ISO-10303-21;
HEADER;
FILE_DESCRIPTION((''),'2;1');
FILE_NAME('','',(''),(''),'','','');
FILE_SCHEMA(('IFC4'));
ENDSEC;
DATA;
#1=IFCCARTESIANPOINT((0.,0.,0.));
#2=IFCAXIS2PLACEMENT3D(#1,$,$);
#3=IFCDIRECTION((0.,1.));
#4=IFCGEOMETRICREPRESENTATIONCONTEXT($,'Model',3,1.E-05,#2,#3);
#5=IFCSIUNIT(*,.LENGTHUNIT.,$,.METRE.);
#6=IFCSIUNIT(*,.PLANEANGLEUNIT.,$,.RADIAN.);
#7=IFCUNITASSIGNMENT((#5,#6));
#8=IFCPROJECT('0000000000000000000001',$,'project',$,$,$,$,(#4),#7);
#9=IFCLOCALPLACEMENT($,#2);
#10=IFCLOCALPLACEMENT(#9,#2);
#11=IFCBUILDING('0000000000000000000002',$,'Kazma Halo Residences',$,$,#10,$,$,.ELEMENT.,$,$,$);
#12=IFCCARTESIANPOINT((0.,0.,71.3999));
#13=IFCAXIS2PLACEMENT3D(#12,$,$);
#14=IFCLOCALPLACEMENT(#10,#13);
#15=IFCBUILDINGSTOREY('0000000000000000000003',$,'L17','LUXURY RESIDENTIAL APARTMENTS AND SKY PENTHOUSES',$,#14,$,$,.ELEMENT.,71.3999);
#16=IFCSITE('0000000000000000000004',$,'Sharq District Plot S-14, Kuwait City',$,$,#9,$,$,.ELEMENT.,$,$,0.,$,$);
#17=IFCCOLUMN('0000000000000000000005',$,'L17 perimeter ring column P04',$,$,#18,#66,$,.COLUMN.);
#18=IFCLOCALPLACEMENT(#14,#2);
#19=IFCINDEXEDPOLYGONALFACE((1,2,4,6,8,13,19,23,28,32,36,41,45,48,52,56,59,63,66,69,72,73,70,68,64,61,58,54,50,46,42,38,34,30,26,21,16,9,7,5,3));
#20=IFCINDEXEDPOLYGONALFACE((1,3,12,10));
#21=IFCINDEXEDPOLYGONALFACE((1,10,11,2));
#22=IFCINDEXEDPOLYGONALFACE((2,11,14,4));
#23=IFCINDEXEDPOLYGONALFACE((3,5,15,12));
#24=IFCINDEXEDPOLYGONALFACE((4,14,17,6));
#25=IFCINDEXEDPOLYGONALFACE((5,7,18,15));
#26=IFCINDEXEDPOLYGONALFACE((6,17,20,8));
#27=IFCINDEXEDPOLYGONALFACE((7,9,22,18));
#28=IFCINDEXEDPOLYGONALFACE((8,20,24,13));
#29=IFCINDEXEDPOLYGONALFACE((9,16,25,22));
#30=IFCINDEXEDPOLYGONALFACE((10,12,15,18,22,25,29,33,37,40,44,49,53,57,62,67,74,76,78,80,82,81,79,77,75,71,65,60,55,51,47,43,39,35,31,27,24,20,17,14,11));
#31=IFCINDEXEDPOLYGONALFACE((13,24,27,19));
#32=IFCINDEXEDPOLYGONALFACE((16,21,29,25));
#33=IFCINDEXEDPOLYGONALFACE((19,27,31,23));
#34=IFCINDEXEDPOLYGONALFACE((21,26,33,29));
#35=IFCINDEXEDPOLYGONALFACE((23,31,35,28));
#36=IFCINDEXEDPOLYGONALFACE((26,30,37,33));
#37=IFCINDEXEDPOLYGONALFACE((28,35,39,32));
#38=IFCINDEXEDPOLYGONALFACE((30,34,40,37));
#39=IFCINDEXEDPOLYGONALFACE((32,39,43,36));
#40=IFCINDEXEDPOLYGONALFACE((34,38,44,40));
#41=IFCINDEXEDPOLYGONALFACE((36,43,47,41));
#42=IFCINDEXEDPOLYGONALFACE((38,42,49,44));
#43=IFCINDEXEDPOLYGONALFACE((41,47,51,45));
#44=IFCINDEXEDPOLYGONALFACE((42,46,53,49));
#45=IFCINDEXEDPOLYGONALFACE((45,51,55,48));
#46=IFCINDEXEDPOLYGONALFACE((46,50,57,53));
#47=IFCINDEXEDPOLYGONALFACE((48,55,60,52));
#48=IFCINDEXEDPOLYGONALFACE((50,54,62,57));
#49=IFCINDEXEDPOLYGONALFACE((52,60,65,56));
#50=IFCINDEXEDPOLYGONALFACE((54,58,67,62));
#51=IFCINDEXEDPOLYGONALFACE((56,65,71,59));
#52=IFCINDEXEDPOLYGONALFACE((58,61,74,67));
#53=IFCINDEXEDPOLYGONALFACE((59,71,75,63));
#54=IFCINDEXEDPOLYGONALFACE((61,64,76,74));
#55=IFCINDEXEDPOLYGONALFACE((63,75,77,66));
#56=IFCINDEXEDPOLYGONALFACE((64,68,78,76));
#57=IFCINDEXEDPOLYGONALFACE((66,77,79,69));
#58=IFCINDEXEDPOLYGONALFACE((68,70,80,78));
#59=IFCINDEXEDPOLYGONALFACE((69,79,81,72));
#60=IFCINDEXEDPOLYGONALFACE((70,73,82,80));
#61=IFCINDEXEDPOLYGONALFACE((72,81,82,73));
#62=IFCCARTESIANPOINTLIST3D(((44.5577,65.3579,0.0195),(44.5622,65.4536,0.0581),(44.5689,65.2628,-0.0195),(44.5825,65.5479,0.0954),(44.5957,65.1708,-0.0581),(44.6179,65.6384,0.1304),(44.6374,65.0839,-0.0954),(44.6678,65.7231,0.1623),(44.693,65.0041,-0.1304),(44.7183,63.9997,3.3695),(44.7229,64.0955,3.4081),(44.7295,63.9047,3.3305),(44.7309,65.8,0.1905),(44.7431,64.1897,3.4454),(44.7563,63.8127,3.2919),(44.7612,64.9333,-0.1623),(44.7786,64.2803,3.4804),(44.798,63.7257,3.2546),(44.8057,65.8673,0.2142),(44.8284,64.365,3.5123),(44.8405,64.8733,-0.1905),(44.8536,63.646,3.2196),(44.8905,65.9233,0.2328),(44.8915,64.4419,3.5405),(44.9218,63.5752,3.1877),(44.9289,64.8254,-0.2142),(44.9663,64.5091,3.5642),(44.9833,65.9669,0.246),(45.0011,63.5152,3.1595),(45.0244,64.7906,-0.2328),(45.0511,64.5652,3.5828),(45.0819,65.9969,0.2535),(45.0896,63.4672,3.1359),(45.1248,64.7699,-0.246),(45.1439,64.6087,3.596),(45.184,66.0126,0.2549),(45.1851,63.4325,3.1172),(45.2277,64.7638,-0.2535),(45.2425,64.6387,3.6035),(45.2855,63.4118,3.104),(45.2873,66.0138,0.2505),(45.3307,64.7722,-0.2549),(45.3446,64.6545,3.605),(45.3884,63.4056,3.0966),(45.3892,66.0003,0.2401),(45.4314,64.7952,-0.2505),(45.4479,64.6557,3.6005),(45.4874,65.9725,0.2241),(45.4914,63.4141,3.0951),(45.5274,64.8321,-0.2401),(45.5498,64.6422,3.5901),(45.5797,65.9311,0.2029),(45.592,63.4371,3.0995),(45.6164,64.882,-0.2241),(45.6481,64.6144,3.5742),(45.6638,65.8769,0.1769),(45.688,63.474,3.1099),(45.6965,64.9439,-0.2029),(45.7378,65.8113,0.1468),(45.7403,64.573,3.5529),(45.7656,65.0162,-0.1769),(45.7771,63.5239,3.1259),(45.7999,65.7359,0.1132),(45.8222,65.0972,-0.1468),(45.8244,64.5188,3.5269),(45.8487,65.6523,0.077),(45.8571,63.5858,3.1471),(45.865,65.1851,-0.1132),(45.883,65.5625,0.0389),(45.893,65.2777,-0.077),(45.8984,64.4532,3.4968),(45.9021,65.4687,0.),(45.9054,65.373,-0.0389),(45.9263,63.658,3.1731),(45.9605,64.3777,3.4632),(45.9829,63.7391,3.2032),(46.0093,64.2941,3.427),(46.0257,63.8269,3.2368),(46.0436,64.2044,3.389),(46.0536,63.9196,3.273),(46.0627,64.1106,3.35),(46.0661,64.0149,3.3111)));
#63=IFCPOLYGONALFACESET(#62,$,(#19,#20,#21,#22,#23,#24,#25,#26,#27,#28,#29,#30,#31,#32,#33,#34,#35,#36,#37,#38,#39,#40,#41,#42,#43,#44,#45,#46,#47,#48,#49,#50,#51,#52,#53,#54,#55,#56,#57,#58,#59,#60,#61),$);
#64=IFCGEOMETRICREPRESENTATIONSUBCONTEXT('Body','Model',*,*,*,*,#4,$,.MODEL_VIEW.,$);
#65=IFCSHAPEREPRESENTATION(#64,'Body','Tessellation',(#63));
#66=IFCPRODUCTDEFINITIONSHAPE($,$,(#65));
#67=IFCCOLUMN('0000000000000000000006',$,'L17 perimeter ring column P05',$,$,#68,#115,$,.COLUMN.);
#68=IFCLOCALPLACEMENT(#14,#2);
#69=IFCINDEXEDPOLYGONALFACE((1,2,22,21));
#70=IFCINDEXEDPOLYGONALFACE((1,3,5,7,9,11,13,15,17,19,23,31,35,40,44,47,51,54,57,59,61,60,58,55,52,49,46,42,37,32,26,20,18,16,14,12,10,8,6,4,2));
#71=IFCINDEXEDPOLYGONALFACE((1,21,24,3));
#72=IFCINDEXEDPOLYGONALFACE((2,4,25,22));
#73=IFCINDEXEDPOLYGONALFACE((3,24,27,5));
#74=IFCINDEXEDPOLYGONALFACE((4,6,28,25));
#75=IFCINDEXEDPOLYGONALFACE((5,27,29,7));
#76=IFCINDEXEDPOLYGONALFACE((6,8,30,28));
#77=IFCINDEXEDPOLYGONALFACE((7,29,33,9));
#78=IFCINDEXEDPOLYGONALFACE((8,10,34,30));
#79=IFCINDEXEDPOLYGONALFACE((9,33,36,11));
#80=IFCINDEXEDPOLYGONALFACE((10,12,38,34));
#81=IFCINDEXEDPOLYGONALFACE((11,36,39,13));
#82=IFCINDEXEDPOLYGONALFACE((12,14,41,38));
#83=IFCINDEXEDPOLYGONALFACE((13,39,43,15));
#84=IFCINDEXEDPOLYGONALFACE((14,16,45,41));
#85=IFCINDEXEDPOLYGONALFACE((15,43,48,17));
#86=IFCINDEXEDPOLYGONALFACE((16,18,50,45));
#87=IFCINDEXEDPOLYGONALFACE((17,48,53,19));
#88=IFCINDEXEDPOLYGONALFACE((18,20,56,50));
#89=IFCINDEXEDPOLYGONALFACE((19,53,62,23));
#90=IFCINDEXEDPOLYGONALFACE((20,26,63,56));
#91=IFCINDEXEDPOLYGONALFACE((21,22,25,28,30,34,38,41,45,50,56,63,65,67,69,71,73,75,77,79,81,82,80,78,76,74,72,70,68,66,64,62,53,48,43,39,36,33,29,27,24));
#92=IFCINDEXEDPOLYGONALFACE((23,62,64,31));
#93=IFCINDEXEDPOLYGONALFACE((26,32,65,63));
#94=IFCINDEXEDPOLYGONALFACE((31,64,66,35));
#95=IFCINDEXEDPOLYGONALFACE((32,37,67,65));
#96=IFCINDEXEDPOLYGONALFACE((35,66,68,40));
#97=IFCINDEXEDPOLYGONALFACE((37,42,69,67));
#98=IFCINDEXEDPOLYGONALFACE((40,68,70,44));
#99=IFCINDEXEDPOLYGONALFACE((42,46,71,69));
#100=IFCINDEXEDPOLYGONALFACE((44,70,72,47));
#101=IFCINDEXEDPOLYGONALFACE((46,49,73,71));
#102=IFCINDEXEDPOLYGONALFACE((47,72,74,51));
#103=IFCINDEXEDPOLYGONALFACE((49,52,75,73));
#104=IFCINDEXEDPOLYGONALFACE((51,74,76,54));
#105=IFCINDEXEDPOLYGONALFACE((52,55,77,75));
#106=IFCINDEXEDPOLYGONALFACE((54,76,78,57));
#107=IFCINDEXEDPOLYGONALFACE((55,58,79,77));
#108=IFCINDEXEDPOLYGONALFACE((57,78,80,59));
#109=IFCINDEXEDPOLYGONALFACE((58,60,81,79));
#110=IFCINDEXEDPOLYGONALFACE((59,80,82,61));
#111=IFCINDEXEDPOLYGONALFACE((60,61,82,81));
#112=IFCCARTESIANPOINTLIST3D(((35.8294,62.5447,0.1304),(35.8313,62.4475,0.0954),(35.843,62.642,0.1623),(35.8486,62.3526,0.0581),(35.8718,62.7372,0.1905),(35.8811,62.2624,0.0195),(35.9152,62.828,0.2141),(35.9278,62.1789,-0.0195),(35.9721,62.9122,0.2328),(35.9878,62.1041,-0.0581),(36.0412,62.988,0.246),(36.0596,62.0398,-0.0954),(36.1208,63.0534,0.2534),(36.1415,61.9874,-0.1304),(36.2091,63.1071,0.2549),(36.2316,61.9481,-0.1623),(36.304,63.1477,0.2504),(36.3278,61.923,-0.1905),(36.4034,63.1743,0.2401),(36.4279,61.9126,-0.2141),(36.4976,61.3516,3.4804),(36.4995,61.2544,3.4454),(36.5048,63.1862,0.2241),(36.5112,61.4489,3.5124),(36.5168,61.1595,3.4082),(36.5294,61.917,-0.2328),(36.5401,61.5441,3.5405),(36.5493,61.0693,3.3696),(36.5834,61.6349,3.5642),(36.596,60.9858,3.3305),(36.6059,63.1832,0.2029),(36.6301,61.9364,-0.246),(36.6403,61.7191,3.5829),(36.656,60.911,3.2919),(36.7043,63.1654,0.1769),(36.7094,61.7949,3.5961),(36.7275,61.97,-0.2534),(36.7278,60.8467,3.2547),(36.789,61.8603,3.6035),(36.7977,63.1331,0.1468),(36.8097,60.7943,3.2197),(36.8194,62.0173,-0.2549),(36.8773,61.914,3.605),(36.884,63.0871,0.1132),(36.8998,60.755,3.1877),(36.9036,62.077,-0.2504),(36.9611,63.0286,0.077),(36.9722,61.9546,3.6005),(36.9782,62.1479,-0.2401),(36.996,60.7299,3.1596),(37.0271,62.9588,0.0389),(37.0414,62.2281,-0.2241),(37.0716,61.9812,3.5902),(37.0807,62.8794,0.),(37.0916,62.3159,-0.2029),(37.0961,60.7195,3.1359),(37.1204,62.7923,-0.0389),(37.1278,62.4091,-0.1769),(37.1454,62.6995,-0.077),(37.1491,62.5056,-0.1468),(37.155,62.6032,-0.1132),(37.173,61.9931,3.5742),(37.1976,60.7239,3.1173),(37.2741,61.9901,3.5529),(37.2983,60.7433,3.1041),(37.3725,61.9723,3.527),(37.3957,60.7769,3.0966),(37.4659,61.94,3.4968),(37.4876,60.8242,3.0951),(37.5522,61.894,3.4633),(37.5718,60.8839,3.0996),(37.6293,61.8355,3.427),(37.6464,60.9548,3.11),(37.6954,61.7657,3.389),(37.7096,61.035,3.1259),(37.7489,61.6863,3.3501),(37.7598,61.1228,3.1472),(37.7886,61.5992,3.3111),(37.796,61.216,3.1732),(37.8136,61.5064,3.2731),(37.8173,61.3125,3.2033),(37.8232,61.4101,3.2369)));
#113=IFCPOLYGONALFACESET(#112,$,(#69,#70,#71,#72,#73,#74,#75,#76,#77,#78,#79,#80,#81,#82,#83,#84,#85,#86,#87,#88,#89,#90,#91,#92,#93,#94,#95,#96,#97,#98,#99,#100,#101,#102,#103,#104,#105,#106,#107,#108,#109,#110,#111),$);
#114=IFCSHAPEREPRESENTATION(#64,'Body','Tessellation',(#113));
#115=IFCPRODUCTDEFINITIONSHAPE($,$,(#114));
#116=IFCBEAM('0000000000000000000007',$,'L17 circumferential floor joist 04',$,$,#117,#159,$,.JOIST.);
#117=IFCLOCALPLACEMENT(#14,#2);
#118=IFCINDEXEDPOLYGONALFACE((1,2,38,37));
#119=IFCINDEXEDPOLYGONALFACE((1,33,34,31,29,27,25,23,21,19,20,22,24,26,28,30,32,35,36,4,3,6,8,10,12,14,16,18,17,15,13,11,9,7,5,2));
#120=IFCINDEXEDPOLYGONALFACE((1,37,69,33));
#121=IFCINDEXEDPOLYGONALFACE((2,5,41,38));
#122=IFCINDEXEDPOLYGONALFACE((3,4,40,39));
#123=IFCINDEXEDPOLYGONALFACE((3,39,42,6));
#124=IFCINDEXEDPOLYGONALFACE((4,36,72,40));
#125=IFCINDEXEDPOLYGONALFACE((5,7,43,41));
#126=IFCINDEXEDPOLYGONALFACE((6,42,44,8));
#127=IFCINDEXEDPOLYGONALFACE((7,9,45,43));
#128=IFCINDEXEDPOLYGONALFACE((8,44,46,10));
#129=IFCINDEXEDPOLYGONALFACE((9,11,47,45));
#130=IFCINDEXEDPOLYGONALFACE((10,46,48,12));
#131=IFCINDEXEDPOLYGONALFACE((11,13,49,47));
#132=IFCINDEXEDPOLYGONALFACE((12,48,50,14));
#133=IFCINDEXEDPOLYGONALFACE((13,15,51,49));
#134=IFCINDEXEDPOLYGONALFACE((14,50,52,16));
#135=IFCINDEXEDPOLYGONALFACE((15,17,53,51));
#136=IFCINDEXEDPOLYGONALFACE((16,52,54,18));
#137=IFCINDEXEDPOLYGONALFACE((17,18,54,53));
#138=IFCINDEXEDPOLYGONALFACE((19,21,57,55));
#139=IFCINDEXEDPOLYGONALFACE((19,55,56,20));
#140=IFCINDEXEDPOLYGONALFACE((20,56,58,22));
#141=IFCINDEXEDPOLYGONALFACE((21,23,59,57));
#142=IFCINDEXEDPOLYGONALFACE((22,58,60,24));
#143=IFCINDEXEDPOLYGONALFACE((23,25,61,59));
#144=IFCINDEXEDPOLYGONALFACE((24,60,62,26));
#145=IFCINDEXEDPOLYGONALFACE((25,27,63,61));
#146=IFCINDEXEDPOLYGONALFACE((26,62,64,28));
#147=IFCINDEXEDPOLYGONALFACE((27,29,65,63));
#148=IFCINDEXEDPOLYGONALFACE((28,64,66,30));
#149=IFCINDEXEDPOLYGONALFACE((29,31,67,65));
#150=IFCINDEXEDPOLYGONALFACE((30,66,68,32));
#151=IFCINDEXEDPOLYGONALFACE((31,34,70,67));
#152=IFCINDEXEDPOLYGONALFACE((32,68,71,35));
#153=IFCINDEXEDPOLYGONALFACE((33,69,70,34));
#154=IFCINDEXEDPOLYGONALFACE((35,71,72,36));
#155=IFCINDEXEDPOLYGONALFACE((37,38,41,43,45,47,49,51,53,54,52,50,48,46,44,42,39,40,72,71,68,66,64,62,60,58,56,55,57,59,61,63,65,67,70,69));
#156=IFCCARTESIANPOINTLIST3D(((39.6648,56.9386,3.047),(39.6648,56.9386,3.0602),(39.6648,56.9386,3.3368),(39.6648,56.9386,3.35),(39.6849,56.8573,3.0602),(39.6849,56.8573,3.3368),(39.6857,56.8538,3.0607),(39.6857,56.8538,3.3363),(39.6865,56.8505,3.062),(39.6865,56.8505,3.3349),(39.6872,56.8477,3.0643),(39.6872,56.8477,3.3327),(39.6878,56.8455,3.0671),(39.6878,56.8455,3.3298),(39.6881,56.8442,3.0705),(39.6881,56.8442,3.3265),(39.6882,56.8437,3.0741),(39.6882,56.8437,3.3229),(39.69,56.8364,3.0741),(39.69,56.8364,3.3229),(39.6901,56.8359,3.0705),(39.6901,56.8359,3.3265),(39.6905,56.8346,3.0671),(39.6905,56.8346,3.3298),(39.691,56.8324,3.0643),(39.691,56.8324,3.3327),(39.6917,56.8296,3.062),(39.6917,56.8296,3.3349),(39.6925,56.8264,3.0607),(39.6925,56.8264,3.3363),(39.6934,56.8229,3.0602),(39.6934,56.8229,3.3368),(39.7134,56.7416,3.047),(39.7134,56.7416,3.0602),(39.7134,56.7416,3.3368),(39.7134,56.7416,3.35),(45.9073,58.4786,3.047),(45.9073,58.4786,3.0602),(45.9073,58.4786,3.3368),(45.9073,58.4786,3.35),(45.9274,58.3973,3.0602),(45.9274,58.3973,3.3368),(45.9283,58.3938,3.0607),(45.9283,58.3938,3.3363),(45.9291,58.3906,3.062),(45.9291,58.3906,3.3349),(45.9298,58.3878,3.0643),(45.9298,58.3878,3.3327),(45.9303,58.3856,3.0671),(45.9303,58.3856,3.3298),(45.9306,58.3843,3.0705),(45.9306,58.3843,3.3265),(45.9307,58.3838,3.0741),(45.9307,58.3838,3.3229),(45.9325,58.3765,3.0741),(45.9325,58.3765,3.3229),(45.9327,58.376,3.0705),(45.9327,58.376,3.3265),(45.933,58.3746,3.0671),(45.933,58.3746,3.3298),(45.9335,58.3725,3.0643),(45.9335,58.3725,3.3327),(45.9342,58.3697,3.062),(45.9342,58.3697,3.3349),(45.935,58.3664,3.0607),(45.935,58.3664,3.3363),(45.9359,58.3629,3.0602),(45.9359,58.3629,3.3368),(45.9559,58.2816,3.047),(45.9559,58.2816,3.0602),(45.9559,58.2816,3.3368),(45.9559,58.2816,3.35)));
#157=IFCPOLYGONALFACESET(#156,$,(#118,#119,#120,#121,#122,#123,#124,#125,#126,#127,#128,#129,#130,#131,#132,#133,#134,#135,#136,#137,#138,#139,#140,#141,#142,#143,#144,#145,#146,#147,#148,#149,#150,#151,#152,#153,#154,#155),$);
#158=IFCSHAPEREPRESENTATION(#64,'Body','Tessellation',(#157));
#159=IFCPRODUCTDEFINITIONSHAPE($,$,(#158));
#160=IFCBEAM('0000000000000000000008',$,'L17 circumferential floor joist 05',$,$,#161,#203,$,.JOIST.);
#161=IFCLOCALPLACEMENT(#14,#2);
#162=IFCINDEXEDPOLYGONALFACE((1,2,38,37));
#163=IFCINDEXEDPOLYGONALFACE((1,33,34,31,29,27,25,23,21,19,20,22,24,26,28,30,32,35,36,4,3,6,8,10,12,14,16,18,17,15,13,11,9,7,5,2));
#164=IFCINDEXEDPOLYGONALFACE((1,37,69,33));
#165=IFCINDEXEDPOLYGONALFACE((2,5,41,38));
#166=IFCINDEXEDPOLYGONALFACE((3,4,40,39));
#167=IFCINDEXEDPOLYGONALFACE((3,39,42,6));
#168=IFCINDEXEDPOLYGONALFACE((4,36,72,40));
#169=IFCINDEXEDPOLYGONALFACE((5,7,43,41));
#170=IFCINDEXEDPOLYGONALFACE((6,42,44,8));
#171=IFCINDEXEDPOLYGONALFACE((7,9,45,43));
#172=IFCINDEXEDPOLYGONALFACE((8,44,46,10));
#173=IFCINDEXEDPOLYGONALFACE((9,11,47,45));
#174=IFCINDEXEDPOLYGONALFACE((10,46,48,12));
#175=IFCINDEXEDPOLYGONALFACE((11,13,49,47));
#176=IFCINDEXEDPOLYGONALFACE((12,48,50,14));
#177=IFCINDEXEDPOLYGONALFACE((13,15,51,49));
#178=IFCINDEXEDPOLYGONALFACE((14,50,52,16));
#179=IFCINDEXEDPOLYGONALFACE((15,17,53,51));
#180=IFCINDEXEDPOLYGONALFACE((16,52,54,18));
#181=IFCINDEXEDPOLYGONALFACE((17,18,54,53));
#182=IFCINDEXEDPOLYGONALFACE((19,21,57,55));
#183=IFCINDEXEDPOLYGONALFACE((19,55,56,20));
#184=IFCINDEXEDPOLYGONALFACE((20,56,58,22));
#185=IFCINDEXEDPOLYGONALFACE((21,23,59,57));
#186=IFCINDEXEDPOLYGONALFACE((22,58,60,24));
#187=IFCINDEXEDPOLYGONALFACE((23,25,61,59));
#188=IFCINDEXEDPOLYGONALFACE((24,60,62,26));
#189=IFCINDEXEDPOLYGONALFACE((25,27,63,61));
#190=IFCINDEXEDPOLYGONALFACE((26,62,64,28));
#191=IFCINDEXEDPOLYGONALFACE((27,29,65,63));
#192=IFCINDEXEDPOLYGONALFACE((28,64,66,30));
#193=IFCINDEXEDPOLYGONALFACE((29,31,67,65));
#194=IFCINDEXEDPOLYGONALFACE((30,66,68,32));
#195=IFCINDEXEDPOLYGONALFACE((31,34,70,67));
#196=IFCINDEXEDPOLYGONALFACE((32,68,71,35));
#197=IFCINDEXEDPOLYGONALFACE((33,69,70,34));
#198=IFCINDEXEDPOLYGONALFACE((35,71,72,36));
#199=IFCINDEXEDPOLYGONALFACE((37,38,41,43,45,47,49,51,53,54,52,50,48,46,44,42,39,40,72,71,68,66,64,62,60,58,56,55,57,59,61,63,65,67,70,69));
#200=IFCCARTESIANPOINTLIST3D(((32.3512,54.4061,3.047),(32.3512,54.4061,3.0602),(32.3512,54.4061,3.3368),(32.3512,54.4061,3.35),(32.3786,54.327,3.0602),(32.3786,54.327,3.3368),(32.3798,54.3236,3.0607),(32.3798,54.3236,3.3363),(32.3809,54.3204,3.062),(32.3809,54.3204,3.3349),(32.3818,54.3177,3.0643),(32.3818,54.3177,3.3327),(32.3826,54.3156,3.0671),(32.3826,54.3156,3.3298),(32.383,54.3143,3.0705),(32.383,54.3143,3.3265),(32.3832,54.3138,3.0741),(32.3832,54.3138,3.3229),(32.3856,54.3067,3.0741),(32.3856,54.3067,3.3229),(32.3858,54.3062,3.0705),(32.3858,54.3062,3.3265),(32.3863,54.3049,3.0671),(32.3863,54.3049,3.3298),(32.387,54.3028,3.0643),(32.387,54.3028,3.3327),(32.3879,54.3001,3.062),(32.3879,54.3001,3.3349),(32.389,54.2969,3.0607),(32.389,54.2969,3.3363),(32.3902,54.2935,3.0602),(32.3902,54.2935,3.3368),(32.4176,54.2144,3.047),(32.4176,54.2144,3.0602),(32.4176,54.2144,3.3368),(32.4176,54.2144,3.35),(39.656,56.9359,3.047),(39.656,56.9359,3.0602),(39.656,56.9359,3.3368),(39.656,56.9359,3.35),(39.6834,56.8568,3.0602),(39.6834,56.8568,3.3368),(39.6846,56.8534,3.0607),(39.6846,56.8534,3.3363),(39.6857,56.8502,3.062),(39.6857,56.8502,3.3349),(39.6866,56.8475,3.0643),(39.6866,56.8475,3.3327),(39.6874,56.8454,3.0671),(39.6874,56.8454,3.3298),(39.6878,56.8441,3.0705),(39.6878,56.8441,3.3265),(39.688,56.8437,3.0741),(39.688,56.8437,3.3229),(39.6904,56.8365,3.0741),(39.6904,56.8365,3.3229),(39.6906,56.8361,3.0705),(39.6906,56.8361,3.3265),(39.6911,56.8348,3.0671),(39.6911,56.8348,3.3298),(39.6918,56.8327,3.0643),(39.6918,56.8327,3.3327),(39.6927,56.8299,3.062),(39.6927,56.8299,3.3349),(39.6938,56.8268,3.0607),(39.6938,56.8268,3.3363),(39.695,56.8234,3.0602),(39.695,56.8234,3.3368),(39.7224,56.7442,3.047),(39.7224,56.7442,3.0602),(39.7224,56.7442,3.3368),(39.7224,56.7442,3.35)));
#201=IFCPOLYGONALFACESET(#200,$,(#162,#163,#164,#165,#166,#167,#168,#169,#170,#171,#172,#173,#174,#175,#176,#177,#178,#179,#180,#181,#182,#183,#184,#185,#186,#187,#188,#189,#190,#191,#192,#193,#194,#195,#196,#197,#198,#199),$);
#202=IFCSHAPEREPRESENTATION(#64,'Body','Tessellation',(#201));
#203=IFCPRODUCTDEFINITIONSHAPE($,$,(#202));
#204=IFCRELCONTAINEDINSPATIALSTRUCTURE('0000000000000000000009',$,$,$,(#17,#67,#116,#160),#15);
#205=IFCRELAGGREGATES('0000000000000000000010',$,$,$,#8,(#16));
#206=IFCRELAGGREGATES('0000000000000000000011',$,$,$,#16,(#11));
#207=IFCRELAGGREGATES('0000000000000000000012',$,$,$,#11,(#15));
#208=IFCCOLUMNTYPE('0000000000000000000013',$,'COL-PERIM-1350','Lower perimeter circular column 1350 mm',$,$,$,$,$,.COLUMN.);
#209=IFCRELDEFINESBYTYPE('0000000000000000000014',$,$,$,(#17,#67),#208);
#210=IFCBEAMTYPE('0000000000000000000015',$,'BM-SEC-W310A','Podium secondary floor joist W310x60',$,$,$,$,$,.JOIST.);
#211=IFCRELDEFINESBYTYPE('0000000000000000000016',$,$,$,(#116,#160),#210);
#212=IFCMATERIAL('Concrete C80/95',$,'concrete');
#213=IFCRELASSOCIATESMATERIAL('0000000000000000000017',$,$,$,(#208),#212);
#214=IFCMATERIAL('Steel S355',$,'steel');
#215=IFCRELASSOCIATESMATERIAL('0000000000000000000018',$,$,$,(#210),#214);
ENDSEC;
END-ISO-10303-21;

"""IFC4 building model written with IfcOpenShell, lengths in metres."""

from ifc_helpers import new_model, si_unit, direction, frame, origin, origin_2d, place, context, subcontext, project, spatial, circle, i_section, extrude, material, material_profile, profile_set, type_object, element, save


model = new_model("IFC4")

# Units and contexts
model_context = context("Model", 3, precision=1e-05, world=origin(), true_north=direction((0.0, 1.0)))
body_context = subcontext(model_context, "Body", "Model", "MODEL_VIEW")
ifc_project = project(units=[si_unit("LENGTHUNIT", "METRE"), si_unit("PLANEANGLEUNIT", "RADIAN")], contexts=[model_context])

# Site, building, storey
site_placement = place(None, origin())
site = spatial("IfcSite", under=ifc_project, at=site_placement, Name="Sharq District Plot S-14, Kuwait City", CompositionType="ELEMENT", RefElevation=0.0)
building_placement = place(site_placement, origin())
building = spatial("IfcBuilding", under=site, at=building_placement, Name="Kazma Halo Residences", CompositionType="ELEMENT")
storey_placement = place(building_placement, frame((0.0, 0.0, 71.3999)))
storey = spatial("IfcBuildingStorey", under=building, at=storey_placement, Name="L17", Description="LUXURY RESIDENTIAL APARTMENTS AND SKY PENTHOUSES", CompositionType="ELEMENT", Elevation=71.3999)

# Columns
ifc_material_1 = material(Name="Concrete C80/95", Category="concrete")
ifc_material_profile_1 = material_profile(ifc_material_1, circle(Radius=0.675, at=origin_2d()), Name="CIRC1350")
ifc_profile_set_1 = profile_set([ifc_material_profile_1], Name="Concrete C80/95")
column_type = type_object("IfcColumnType", Name="COL-PERIM-1350", Description="Lower perimeter circular column 1350 mm", PredefinedType="COLUMN", material=ifc_profile_set_1)
for number, where, z_axis, x_axis, name in (
    (1, (45.2317, 65.3894, 0.0), (0.044395, -0.375336, 0.925825), (0.993077, 0.117463, 0.0), "L17 perimeter ring column P04"),
    (2, (36.4917, 62.5496, 0.0), (0.184668, -0.329731, 0.925838), (0.872485, 0.488641, 0.0), "L17 perimeter ring column P05"),
):
    element("IfcColumn", number, at=place(storey_placement, frame(where, z_axis=z_axis, x_axis=x_axis)), inside=storey, type_object=column_type, Name=name, PredefinedType="COLUMN", context=body_context, shape_type="SweptSolid", body=[
        extrude(circle(Radius=0.675, at=origin_2d()), origin(), (0.0, 0.0, 1.0), 3.6184),
    ])

# Beams
ifc_material_2 = material(Name="Steel S355", Category="steel")
ifc_material_profile_2 = material_profile(ifc_material_2, i_section(OverallWidth=0.2029, OverallDepth=0.303, WebThickness=0.0076, FlangeThickness=0.0132, FilletRadius=0.0139, at=origin_2d()), Name="W310x60")
ifc_profile_set_2 = profile_set([ifc_material_profile_2], Name="Steel S355")
beam_type_1 = type_object("IfcBeamType", Name="BM-SEC-W310A", Description="Podium secondary floor joist W310x60", PredefinedType="JOIST", material=ifc_profile_set_2)
beam_1_placement = place(storey_placement, frame((45.9316, 58.3801, 3.1985), z_axis=(-0.970891, -0.239524, 0.0), x_axis=(0.239524, -0.970891, 0.0)))
element("IfcBeam", 3, at=beam_1_placement, inside=storey, type_object=beam_type_1, Name="L17 circumferential floor joist 04", PredefinedType="JOIST", context=body_context, shape_type="SweptSolid", body=[
    extrude(i_section(OverallWidth=0.2029, OverallDepth=0.303, WebThickness=0.0076, FlangeThickness=0.0132, FilletRadius=0.0139, at=origin_2d()), origin(), (0.0, 0.0, 1.0), 6.4297),
])
beam_2_placement = place(storey_placement, frame((39.6892, 56.8401, 3.1985), z_axis=(-0.944936, -0.327254, 0.0), x_axis=(0.327254, -0.944936, 0.0)))
element("IfcBeam", 4, at=beam_2_placement, inside=storey, type_object=beam_type_1, Name="L17 circumferential floor joist 05", PredefinedType="JOIST", context=body_context, shape_type="SweptSolid", body=[
    extrude(i_section(OverallWidth=0.2029, OverallDepth=0.303, WebThickness=0.0076, FlangeThickness=0.0132, FilletRadius=0.0139, at=origin_2d()), origin(), (0.0, 0.0, 1.0), 7.7305),
])

save(model, "model.ifc")
